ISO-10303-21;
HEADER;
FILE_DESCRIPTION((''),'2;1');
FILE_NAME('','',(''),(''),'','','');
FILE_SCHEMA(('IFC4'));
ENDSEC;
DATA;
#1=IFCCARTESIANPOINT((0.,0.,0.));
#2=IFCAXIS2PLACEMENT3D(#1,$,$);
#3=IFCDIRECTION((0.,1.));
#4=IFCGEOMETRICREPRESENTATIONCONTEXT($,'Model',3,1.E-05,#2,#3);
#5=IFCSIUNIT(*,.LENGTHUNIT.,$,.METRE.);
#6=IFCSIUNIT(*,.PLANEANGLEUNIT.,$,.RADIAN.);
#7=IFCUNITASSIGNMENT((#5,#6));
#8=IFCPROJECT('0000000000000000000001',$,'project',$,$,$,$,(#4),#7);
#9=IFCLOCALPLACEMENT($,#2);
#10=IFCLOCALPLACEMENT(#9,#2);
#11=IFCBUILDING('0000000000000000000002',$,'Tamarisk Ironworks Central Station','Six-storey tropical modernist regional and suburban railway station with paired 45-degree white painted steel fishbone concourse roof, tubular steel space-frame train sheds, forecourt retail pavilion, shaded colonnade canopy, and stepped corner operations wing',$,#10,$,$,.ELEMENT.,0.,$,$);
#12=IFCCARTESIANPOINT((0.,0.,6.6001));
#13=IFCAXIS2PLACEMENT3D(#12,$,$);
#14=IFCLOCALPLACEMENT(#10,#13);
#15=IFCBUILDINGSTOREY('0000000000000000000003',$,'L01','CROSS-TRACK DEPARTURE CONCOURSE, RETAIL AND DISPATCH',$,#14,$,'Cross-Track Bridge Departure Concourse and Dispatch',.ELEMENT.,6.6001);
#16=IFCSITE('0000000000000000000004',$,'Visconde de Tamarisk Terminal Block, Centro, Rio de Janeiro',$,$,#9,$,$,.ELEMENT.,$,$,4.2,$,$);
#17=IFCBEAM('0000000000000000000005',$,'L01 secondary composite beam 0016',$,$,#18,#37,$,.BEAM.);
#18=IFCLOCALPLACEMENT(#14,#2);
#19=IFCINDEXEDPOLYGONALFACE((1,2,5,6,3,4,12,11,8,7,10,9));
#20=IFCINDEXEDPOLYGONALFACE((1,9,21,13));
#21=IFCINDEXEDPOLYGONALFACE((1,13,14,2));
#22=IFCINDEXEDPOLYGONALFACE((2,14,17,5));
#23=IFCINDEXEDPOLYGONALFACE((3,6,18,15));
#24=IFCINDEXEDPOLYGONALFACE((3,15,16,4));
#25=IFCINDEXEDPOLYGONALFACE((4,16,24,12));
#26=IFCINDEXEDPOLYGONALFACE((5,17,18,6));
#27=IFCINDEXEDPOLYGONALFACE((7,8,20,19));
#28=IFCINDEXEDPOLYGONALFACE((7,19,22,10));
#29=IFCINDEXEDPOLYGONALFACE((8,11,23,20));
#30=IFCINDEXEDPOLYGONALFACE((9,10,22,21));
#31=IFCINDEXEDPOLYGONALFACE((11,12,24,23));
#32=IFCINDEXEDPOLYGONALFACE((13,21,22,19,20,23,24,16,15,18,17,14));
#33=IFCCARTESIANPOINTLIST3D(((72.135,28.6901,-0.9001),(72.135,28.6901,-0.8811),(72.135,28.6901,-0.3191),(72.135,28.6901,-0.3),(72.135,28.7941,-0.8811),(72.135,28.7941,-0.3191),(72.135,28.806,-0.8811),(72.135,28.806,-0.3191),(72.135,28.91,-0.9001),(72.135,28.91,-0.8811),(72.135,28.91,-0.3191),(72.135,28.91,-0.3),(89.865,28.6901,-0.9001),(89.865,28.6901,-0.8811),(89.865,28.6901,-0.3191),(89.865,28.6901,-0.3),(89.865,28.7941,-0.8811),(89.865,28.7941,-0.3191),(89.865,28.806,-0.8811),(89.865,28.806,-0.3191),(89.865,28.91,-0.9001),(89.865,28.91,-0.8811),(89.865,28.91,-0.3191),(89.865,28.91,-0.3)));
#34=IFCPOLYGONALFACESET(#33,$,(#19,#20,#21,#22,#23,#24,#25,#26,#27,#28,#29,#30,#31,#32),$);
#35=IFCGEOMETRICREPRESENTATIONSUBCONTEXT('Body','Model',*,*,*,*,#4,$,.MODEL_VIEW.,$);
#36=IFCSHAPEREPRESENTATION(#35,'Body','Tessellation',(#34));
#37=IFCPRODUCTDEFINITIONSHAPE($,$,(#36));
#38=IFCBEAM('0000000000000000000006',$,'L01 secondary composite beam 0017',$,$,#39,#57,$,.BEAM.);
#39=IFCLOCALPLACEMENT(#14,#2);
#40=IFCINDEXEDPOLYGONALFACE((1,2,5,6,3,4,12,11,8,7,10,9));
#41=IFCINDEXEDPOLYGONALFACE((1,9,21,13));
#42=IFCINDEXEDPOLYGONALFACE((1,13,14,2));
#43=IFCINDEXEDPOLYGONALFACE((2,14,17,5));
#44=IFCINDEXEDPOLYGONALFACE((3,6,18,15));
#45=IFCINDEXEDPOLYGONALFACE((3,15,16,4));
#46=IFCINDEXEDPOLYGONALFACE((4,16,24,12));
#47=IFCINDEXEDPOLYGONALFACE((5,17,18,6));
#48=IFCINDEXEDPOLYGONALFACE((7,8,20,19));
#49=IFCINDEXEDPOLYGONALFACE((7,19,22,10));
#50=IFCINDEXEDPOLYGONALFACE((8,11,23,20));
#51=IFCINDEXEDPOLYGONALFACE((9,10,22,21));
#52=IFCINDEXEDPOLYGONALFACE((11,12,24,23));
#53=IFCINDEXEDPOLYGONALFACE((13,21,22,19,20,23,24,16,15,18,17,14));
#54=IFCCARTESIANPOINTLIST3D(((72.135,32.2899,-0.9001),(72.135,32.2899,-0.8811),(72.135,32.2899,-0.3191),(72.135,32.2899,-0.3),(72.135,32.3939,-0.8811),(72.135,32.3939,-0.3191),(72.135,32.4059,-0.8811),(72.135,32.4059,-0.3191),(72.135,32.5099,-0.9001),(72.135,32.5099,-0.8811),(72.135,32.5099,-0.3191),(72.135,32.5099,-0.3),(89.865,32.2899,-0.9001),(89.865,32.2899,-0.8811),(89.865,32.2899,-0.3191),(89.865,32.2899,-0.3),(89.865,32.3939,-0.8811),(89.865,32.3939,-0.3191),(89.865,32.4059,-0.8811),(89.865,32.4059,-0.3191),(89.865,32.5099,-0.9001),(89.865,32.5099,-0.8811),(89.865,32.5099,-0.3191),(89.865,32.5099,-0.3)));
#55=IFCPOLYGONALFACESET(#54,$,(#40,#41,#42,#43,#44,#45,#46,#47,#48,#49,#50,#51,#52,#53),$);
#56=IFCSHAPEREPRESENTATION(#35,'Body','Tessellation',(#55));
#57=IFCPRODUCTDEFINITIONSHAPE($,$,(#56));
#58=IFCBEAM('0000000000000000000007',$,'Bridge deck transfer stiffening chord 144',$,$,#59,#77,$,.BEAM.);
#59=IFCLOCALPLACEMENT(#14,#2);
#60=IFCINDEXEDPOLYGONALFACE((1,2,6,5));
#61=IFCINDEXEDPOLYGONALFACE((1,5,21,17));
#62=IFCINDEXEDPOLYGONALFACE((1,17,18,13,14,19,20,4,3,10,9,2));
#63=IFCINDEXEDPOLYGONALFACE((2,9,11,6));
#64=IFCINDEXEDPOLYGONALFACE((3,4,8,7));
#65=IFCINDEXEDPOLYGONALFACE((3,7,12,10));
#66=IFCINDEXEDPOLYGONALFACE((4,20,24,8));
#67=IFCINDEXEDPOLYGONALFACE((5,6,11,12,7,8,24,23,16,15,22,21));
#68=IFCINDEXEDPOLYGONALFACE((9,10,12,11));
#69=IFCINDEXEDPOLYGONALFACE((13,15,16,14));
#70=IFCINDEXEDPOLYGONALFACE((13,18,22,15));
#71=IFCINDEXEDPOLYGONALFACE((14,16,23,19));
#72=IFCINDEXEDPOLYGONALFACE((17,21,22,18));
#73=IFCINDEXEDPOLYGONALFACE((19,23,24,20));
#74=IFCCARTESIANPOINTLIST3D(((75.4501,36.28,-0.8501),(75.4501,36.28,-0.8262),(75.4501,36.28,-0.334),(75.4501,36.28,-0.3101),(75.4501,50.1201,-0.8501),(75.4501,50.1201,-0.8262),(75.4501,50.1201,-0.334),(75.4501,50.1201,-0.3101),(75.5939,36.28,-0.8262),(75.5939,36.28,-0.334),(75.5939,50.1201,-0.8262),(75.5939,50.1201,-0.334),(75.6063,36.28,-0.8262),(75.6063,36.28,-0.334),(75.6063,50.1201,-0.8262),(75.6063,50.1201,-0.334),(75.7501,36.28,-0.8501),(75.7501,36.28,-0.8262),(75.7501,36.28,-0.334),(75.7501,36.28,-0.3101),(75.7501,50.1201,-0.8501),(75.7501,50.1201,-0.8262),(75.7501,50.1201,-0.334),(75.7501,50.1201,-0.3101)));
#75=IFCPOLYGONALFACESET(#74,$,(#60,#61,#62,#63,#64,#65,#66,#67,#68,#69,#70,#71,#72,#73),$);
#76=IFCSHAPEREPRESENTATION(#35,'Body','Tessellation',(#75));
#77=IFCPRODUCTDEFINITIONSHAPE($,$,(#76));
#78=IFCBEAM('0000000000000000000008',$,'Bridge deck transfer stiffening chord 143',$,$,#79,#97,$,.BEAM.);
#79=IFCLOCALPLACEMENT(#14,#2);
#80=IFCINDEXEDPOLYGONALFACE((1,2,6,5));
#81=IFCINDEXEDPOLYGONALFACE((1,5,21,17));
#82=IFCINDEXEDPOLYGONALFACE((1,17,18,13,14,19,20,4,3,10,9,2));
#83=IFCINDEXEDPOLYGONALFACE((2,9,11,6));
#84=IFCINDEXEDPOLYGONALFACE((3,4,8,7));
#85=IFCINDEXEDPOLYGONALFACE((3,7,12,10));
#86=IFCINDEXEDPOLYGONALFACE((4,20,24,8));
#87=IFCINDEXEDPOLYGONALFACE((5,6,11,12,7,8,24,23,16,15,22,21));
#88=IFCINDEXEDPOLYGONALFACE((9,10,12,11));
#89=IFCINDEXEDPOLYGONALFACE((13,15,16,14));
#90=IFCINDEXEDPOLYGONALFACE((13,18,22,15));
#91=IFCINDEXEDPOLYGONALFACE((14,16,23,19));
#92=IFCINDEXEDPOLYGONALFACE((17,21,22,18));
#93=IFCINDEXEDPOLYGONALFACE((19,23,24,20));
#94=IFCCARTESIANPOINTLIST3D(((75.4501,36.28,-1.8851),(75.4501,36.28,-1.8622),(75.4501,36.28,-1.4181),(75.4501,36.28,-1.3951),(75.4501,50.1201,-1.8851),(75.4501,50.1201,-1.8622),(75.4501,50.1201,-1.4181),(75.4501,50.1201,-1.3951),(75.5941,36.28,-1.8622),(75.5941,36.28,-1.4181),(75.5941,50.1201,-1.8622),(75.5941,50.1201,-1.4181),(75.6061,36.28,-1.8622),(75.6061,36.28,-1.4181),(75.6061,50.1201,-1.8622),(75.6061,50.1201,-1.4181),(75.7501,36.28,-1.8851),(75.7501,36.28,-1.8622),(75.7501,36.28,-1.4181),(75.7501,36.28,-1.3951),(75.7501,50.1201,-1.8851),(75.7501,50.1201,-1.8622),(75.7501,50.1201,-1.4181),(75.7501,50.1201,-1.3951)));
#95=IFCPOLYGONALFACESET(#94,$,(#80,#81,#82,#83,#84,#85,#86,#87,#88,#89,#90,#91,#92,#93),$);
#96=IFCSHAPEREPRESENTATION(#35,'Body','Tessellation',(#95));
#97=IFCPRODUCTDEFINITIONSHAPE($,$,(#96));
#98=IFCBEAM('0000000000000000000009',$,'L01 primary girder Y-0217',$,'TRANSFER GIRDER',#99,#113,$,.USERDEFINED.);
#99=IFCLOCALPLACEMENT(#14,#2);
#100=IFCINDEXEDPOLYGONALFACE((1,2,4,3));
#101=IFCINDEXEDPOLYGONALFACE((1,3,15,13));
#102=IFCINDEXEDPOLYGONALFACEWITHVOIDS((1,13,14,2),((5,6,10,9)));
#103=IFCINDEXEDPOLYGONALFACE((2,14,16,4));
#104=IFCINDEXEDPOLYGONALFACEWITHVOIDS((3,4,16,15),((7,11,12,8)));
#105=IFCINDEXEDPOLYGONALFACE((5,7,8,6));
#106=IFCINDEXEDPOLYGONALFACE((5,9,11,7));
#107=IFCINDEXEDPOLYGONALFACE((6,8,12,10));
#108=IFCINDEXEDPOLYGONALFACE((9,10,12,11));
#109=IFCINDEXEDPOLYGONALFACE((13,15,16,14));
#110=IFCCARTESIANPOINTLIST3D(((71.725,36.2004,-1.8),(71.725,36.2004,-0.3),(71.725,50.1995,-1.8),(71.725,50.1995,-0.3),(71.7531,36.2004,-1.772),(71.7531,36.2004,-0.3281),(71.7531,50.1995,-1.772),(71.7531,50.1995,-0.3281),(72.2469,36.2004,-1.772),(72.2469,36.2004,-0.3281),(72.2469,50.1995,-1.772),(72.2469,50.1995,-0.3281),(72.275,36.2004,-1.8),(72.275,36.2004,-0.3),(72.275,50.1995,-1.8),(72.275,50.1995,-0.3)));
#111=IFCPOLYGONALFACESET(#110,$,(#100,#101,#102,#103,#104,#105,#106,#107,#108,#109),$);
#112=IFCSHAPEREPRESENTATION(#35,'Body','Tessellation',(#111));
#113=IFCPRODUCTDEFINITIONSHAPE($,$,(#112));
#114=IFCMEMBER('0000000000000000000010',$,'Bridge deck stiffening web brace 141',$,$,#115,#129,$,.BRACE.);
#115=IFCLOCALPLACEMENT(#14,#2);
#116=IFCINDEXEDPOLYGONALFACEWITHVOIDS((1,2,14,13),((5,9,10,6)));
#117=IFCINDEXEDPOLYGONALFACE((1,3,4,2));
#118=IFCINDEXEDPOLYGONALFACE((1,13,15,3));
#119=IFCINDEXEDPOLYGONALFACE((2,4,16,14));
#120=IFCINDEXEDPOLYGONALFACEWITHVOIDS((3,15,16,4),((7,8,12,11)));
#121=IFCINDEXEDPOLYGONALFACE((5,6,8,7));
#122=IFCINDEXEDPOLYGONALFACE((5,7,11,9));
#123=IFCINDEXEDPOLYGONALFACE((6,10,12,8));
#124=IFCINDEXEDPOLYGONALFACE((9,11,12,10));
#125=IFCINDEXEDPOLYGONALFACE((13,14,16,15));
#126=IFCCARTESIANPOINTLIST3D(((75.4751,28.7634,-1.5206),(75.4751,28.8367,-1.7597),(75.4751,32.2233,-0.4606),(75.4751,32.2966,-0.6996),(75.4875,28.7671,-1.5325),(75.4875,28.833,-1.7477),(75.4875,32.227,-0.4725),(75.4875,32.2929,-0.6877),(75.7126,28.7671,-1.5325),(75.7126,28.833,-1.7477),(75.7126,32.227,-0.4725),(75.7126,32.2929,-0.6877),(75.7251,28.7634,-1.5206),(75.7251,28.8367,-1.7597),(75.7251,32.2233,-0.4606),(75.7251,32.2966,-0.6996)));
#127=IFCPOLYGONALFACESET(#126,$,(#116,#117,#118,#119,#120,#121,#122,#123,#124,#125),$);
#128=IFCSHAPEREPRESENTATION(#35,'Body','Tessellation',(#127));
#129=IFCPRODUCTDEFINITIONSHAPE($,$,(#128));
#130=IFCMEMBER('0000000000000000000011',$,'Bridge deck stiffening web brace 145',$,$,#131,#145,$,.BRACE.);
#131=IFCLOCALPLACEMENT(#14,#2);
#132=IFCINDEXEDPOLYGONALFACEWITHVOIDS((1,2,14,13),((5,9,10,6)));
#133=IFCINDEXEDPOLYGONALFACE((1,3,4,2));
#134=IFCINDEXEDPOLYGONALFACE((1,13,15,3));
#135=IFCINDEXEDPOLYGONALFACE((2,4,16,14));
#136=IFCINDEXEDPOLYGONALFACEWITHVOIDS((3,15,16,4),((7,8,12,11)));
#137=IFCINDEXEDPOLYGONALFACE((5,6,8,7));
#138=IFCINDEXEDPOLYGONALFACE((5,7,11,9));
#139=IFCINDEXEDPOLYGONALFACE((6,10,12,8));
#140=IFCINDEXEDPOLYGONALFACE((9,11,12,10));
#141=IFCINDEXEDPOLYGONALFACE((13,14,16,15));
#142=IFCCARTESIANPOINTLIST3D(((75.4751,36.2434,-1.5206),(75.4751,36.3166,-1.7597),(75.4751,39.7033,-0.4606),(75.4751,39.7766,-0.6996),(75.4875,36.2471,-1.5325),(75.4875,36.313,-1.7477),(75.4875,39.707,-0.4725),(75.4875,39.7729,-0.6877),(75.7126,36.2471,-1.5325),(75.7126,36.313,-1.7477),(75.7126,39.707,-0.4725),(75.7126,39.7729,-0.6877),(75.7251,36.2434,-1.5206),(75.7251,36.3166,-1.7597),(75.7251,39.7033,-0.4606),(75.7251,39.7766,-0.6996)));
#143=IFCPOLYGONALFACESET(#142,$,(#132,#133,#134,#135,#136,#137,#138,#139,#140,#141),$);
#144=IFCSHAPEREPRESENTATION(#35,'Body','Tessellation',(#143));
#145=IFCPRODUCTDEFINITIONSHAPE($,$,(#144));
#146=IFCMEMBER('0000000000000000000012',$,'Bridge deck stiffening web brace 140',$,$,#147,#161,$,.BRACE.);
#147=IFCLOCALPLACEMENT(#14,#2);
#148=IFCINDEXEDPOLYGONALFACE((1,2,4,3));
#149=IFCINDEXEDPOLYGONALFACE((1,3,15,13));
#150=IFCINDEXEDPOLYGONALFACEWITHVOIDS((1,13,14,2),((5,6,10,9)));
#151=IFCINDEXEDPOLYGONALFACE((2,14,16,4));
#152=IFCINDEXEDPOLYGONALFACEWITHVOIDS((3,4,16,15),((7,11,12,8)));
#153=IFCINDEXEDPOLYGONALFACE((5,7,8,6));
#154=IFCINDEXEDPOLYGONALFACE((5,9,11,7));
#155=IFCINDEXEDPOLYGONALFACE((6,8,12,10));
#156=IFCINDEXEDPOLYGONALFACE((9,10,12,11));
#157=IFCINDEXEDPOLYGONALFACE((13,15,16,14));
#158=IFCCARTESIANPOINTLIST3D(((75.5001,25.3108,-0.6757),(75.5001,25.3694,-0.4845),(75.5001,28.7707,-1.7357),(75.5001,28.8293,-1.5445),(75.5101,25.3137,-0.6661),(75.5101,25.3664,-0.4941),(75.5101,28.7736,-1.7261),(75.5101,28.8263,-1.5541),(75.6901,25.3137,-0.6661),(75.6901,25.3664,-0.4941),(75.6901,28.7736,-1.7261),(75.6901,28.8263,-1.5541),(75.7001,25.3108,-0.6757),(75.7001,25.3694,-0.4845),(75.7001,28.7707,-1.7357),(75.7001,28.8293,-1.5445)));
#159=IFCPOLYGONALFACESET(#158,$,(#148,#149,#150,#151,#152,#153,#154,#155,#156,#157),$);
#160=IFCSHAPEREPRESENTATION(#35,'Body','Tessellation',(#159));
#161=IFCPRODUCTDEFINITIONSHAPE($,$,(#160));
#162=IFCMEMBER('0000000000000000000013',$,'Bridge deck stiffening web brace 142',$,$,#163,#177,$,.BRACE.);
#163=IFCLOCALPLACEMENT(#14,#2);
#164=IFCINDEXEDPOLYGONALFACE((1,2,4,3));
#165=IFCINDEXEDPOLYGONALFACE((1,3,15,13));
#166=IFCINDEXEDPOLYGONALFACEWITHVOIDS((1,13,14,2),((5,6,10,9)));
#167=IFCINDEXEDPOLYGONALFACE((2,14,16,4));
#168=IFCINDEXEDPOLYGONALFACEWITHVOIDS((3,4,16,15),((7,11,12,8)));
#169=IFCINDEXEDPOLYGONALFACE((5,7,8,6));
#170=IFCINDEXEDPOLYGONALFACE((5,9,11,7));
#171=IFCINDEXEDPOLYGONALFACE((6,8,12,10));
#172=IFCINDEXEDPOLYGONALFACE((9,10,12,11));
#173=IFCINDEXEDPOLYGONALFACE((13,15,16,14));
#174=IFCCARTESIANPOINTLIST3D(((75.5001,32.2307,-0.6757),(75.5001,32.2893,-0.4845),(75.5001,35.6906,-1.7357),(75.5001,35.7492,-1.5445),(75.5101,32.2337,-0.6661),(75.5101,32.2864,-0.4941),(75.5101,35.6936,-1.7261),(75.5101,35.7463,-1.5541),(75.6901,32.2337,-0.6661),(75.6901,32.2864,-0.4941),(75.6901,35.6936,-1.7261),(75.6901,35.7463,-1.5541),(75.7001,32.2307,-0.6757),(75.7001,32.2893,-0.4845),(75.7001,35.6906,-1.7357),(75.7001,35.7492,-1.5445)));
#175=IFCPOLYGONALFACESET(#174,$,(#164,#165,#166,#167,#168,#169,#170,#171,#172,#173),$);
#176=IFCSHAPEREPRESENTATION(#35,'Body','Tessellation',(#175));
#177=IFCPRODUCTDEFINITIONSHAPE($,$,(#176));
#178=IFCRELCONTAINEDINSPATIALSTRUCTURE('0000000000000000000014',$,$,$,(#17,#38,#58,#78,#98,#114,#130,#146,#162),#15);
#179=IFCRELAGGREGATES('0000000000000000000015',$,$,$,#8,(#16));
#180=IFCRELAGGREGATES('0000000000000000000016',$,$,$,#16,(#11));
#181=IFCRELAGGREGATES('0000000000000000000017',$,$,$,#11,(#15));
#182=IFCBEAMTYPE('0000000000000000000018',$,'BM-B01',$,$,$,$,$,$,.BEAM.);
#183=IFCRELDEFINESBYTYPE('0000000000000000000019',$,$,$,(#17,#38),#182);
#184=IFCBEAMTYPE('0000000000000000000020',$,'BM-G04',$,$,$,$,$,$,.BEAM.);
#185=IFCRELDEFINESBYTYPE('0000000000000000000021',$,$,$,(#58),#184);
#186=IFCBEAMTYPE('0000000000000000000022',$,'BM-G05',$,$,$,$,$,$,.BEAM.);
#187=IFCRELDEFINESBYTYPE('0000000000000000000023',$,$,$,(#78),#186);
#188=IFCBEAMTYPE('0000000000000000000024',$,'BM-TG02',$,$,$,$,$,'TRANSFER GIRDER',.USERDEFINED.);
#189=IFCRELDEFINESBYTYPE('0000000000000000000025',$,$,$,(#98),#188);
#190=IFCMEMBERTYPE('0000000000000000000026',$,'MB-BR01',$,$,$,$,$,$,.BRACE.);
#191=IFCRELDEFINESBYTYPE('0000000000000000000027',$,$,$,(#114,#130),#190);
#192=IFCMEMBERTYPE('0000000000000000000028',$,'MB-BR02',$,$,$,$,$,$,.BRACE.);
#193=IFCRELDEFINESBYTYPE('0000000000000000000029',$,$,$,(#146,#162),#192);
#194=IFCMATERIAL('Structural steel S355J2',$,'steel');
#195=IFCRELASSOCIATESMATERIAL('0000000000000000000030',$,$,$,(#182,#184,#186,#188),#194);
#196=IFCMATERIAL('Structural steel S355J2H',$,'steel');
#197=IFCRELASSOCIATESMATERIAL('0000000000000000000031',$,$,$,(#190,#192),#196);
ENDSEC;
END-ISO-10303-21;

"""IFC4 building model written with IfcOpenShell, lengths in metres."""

from ifc_helpers import new_model, si_unit, direction, frame, origin, origin_2d, place, context, subcontext, project, spatial, hollow_rectangle, i_section, extrude, material, material_profile, profile_set, type_object, element, save


model = new_model("IFC4")

# Units and contexts
model_context = context("Model", 3, precision=1e-05, world=origin(), true_north=direction((0.0, 1.0)))
body_context = subcontext(model_context, "Body", "Model", "MODEL_VIEW")
ifc_project = project(units=[si_unit("LENGTHUNIT", "METRE"), si_unit("PLANEANGLEUNIT", "RADIAN")], contexts=[model_context])

# Site, building, storey
site_placement = place(None, origin())
site = spatial("IfcSite", under=ifc_project, at=site_placement, Name="Visconde de Tamarisk Terminal Block, Centro, Rio de Janeiro", CompositionType="ELEMENT", RefElevation=4.2)
building_placement = place(site_placement, origin())
building = spatial("IfcBuilding", under=site, at=building_placement, Name="Tamarisk Ironworks Central Station", Description="Six-storey tropical modernist regional and suburban railway station with paired 45-degree white painted steel fishbone concourse roof, tubular steel space-frame train sheds, forecourt retail pavilion, shaded colonnade canopy, and stepped corner operations wing", CompositionType="ELEMENT", ElevationOfRefHeight=0.0)
storey_placement = place(building_placement, frame((0.0, 0.0, 6.6001)))
storey = spatial("IfcBuildingStorey", under=building, at=storey_placement, Name="L01", Description="CROSS-TRACK DEPARTURE CONCOURSE, RETAIL AND DISPATCH", LongName="Cross-Track Bridge Departure Concourse and Dispatch", CompositionType="ELEMENT", Elevation=6.6001)

# Beams
ifc_material_1 = material(Name="Structural steel S355J2", Category="steel")
ifc_material_profile_1 = material_profile(ifc_material_1, i_section(OverallWidth=0.22, OverallDepth=0.6001, WebThickness=0.012, FlangeThickness=0.019, at=origin_2d()), Name="IPE 600")
ifc_profile_set_1 = profile_set([ifc_material_profile_1], Name="Structural steel S355J2")
beam_type_1 = type_object("IfcBeamType", Name="BM-B01", PredefinedType="BEAM", material=ifc_profile_set_1)
for number, where, z_axis, x_axis, name in (
    (1, (72.135, 28.8, -0.6001), (1.0, 0.0, 0.0), (0.0, 1.0, 0.0), "L01 secondary composite beam 0016"),
    (2, (72.135, 32.3999, -0.6001), (1.0, 0.0, 0.0), (0.0, 1.0, 0.0), "L01 secondary composite beam 0017"),
):
    element("IfcBeam", number, at=place(storey_placement, frame(where, z_axis=z_axis, x_axis=x_axis)), inside=storey, type_object=beam_type_1, Name=name, PredefinedType="BEAM", context=body_context, shape_type="SweptSolid", body=[
        extrude(i_section(OverallWidth=0.22, OverallDepth=0.6001, WebThickness=0.012, FlangeThickness=0.019, at=origin_2d()), origin(), (0.0, 0.0, 1.0), 17.73),
    ])
ifc_material_profile_2 = material_profile(ifc_material_1, i_section(OverallWidth=0.3, OverallDepth=0.54, WebThickness=0.0125, FlangeThickness=0.0239, at=origin_2d()), Name="HEA 550")
ifc_profile_set_2 = profile_set([ifc_material_profile_2], Name="Structural steel S355J2")
beam_type_2 = type_object("IfcBeamType", Name="BM-G04", PredefinedType="BEAM", material=ifc_profile_set_2)
beam_1_placement = place(storey_placement, frame((75.6001, 36.28, -0.5801), z_axis=(0.0, 1.0, 0.0), x_axis=(-1.0, 0.0, 0.0)))
element("IfcBeam", 3, at=beam_1_placement, inside=storey, type_object=beam_type_2, Name="Bridge deck transfer stiffening chord 144", PredefinedType="BEAM", context=body_context, shape_type="SweptSolid", body=[
    extrude(i_section(OverallWidth=0.3, OverallDepth=0.54, WebThickness=0.0125, FlangeThickness=0.0239, at=origin_2d()), origin(), (0.0, 0.0, 1.0), 13.8401),
])
ifc_material_profile_3 = material_profile(ifc_material_1, i_section(OverallWidth=0.3, OverallDepth=0.49, WebThickness=0.012, FlangeThickness=0.0229, at=origin_2d()), Name="HEA 500")
ifc_profile_set_3 = profile_set([ifc_material_profile_3], Name="Structural steel S355J2")
beam_type_3 = type_object("IfcBeamType", Name="BM-G05", PredefinedType="BEAM", material=ifc_profile_set_3)
beam_2_placement = place(storey_placement, frame((75.6001, 36.28, -1.6401), z_axis=(0.0, 1.0, 0.0), x_axis=(-1.0, 0.0, 0.0)))
element("IfcBeam", 4, at=beam_2_placement, inside=storey, type_object=beam_type_3, Name="Bridge deck transfer stiffening chord 143", PredefinedType="BEAM", context=body_context, shape_type="SweptSolid", body=[
    extrude(i_section(OverallWidth=0.3, OverallDepth=0.49, WebThickness=0.012, FlangeThickness=0.0229, at=origin_2d()), origin(), (0.0, 0.0, 1.0), 13.8401),
])
ifc_material_profile_4 = material_profile(ifc_material_1, hollow_rectangle(XDim=0.55, YDim=1.5, WallThickness=0.0281, at=origin_2d()), Name="BOX 550x1500x28")
ifc_profile_set_4 = profile_set([ifc_material_profile_4], Name="Structural steel S355J2")
beam_type_4 = type_object("IfcBeamType", Name="BM-TG02", ElementType="TRANSFER GIRDER", PredefinedType="USERDEFINED", material=ifc_profile_set_4)
beam_3_placement = place(storey_placement, frame((72.0, 36.2004, -1.05), z_axis=(0.0, 1.0, 0.0), x_axis=(-1.0, 0.0, 0.0)))
element("IfcBeam", 5, at=beam_3_placement, inside=storey, type_object=beam_type_4, Name="L01 primary girder Y-0217", ObjectType="TRANSFER GIRDER", PredefinedType="USERDEFINED", context=body_context, shape_type="SweptSolid", body=[
    extrude(hollow_rectangle(XDim=0.55, YDim=1.5, WallThickness=0.0281, at=origin_2d()), origin(), (0.0, 0.0, 1.0), 13.999),
])

# Members
ifc_material_2 = material(Name="Structural steel S355J2H", Category="steel")
ifc_material_profile_5 = material_profile(ifc_material_2, hollow_rectangle(XDim=0.25, YDim=0.25, WallThickness=0.0125, at=origin_2d()), Name="SHS 250x250x12.5")
ifc_profile_set_5 = profile_set([ifc_material_profile_5], Name="Structural steel S355J2H")
member_type_1 = type_object("IfcMemberType", Name="MB-BR01", PredefinedType="BRACE", material=ifc_profile_set_5)
for number, where, z_axis, x_axis, name in (
    (6, (75.6001, 28.8, -1.6401), (0.0, 0.956131, 0.292938), (-1.0, 0.0, 0.0), "Bridge deck stiffening web brace 141"),
    (7, (75.6001, 36.28, -1.6401), (0.0, 0.956131, 0.292938), (-1.0, 0.0, 0.0), "Bridge deck stiffening web brace 145"),
):
    element("IfcMember", number, at=place(storey_placement, frame(where, z_axis=z_axis, x_axis=x_axis)), inside=storey, type_object=member_type_1, Name=name, PredefinedType="BRACE", context=body_context, shape_type="SweptSolid", body=[
        extrude(hollow_rectangle(XDim=0.25, YDim=0.25, WallThickness=0.0125, at=origin_2d()), origin(), (0.0, 0.0, 1.0), 3.6187),
    ])
ifc_material_profile_6 = material_profile(ifc_material_2, hollow_rectangle(XDim=0.2, YDim=0.2, WallThickness=0.01, at=origin_2d()), Name="SHS 200x200x10")
ifc_profile_set_6 = profile_set([ifc_material_profile_6], Name="Structural steel S355J2H")
member_type_2 = type_object("IfcMemberType", Name="MB-BR02", PredefinedType="BRACE", material=ifc_profile_set_6)
for number, where, z_axis, x_axis, name in (
    (8, (75.6001, 25.3401, -0.5801), (0.0, 0.956131, -0.292938), (-1.0, 0.0, 0.0), "Bridge deck stiffening web brace 140"),
    (9, (75.6001, 32.26, -0.5801), (0.0, 0.956131, -0.292938), (-1.0, 0.0, 0.0), "Bridge deck stiffening web brace 142"),
):
    element("IfcMember", number, at=place(storey_placement, frame(where, z_axis=z_axis, x_axis=x_axis)), inside=storey, type_object=member_type_2, Name=name, PredefinedType="BRACE", context=body_context, shape_type="SweptSolid", body=[
        extrude(hollow_rectangle(XDim=0.2, YDim=0.2, WallThickness=0.01, at=origin_2d()), origin(), (0.0, 0.0, 1.0), 3.6187),
    ])

save(model, "model.ifc")
